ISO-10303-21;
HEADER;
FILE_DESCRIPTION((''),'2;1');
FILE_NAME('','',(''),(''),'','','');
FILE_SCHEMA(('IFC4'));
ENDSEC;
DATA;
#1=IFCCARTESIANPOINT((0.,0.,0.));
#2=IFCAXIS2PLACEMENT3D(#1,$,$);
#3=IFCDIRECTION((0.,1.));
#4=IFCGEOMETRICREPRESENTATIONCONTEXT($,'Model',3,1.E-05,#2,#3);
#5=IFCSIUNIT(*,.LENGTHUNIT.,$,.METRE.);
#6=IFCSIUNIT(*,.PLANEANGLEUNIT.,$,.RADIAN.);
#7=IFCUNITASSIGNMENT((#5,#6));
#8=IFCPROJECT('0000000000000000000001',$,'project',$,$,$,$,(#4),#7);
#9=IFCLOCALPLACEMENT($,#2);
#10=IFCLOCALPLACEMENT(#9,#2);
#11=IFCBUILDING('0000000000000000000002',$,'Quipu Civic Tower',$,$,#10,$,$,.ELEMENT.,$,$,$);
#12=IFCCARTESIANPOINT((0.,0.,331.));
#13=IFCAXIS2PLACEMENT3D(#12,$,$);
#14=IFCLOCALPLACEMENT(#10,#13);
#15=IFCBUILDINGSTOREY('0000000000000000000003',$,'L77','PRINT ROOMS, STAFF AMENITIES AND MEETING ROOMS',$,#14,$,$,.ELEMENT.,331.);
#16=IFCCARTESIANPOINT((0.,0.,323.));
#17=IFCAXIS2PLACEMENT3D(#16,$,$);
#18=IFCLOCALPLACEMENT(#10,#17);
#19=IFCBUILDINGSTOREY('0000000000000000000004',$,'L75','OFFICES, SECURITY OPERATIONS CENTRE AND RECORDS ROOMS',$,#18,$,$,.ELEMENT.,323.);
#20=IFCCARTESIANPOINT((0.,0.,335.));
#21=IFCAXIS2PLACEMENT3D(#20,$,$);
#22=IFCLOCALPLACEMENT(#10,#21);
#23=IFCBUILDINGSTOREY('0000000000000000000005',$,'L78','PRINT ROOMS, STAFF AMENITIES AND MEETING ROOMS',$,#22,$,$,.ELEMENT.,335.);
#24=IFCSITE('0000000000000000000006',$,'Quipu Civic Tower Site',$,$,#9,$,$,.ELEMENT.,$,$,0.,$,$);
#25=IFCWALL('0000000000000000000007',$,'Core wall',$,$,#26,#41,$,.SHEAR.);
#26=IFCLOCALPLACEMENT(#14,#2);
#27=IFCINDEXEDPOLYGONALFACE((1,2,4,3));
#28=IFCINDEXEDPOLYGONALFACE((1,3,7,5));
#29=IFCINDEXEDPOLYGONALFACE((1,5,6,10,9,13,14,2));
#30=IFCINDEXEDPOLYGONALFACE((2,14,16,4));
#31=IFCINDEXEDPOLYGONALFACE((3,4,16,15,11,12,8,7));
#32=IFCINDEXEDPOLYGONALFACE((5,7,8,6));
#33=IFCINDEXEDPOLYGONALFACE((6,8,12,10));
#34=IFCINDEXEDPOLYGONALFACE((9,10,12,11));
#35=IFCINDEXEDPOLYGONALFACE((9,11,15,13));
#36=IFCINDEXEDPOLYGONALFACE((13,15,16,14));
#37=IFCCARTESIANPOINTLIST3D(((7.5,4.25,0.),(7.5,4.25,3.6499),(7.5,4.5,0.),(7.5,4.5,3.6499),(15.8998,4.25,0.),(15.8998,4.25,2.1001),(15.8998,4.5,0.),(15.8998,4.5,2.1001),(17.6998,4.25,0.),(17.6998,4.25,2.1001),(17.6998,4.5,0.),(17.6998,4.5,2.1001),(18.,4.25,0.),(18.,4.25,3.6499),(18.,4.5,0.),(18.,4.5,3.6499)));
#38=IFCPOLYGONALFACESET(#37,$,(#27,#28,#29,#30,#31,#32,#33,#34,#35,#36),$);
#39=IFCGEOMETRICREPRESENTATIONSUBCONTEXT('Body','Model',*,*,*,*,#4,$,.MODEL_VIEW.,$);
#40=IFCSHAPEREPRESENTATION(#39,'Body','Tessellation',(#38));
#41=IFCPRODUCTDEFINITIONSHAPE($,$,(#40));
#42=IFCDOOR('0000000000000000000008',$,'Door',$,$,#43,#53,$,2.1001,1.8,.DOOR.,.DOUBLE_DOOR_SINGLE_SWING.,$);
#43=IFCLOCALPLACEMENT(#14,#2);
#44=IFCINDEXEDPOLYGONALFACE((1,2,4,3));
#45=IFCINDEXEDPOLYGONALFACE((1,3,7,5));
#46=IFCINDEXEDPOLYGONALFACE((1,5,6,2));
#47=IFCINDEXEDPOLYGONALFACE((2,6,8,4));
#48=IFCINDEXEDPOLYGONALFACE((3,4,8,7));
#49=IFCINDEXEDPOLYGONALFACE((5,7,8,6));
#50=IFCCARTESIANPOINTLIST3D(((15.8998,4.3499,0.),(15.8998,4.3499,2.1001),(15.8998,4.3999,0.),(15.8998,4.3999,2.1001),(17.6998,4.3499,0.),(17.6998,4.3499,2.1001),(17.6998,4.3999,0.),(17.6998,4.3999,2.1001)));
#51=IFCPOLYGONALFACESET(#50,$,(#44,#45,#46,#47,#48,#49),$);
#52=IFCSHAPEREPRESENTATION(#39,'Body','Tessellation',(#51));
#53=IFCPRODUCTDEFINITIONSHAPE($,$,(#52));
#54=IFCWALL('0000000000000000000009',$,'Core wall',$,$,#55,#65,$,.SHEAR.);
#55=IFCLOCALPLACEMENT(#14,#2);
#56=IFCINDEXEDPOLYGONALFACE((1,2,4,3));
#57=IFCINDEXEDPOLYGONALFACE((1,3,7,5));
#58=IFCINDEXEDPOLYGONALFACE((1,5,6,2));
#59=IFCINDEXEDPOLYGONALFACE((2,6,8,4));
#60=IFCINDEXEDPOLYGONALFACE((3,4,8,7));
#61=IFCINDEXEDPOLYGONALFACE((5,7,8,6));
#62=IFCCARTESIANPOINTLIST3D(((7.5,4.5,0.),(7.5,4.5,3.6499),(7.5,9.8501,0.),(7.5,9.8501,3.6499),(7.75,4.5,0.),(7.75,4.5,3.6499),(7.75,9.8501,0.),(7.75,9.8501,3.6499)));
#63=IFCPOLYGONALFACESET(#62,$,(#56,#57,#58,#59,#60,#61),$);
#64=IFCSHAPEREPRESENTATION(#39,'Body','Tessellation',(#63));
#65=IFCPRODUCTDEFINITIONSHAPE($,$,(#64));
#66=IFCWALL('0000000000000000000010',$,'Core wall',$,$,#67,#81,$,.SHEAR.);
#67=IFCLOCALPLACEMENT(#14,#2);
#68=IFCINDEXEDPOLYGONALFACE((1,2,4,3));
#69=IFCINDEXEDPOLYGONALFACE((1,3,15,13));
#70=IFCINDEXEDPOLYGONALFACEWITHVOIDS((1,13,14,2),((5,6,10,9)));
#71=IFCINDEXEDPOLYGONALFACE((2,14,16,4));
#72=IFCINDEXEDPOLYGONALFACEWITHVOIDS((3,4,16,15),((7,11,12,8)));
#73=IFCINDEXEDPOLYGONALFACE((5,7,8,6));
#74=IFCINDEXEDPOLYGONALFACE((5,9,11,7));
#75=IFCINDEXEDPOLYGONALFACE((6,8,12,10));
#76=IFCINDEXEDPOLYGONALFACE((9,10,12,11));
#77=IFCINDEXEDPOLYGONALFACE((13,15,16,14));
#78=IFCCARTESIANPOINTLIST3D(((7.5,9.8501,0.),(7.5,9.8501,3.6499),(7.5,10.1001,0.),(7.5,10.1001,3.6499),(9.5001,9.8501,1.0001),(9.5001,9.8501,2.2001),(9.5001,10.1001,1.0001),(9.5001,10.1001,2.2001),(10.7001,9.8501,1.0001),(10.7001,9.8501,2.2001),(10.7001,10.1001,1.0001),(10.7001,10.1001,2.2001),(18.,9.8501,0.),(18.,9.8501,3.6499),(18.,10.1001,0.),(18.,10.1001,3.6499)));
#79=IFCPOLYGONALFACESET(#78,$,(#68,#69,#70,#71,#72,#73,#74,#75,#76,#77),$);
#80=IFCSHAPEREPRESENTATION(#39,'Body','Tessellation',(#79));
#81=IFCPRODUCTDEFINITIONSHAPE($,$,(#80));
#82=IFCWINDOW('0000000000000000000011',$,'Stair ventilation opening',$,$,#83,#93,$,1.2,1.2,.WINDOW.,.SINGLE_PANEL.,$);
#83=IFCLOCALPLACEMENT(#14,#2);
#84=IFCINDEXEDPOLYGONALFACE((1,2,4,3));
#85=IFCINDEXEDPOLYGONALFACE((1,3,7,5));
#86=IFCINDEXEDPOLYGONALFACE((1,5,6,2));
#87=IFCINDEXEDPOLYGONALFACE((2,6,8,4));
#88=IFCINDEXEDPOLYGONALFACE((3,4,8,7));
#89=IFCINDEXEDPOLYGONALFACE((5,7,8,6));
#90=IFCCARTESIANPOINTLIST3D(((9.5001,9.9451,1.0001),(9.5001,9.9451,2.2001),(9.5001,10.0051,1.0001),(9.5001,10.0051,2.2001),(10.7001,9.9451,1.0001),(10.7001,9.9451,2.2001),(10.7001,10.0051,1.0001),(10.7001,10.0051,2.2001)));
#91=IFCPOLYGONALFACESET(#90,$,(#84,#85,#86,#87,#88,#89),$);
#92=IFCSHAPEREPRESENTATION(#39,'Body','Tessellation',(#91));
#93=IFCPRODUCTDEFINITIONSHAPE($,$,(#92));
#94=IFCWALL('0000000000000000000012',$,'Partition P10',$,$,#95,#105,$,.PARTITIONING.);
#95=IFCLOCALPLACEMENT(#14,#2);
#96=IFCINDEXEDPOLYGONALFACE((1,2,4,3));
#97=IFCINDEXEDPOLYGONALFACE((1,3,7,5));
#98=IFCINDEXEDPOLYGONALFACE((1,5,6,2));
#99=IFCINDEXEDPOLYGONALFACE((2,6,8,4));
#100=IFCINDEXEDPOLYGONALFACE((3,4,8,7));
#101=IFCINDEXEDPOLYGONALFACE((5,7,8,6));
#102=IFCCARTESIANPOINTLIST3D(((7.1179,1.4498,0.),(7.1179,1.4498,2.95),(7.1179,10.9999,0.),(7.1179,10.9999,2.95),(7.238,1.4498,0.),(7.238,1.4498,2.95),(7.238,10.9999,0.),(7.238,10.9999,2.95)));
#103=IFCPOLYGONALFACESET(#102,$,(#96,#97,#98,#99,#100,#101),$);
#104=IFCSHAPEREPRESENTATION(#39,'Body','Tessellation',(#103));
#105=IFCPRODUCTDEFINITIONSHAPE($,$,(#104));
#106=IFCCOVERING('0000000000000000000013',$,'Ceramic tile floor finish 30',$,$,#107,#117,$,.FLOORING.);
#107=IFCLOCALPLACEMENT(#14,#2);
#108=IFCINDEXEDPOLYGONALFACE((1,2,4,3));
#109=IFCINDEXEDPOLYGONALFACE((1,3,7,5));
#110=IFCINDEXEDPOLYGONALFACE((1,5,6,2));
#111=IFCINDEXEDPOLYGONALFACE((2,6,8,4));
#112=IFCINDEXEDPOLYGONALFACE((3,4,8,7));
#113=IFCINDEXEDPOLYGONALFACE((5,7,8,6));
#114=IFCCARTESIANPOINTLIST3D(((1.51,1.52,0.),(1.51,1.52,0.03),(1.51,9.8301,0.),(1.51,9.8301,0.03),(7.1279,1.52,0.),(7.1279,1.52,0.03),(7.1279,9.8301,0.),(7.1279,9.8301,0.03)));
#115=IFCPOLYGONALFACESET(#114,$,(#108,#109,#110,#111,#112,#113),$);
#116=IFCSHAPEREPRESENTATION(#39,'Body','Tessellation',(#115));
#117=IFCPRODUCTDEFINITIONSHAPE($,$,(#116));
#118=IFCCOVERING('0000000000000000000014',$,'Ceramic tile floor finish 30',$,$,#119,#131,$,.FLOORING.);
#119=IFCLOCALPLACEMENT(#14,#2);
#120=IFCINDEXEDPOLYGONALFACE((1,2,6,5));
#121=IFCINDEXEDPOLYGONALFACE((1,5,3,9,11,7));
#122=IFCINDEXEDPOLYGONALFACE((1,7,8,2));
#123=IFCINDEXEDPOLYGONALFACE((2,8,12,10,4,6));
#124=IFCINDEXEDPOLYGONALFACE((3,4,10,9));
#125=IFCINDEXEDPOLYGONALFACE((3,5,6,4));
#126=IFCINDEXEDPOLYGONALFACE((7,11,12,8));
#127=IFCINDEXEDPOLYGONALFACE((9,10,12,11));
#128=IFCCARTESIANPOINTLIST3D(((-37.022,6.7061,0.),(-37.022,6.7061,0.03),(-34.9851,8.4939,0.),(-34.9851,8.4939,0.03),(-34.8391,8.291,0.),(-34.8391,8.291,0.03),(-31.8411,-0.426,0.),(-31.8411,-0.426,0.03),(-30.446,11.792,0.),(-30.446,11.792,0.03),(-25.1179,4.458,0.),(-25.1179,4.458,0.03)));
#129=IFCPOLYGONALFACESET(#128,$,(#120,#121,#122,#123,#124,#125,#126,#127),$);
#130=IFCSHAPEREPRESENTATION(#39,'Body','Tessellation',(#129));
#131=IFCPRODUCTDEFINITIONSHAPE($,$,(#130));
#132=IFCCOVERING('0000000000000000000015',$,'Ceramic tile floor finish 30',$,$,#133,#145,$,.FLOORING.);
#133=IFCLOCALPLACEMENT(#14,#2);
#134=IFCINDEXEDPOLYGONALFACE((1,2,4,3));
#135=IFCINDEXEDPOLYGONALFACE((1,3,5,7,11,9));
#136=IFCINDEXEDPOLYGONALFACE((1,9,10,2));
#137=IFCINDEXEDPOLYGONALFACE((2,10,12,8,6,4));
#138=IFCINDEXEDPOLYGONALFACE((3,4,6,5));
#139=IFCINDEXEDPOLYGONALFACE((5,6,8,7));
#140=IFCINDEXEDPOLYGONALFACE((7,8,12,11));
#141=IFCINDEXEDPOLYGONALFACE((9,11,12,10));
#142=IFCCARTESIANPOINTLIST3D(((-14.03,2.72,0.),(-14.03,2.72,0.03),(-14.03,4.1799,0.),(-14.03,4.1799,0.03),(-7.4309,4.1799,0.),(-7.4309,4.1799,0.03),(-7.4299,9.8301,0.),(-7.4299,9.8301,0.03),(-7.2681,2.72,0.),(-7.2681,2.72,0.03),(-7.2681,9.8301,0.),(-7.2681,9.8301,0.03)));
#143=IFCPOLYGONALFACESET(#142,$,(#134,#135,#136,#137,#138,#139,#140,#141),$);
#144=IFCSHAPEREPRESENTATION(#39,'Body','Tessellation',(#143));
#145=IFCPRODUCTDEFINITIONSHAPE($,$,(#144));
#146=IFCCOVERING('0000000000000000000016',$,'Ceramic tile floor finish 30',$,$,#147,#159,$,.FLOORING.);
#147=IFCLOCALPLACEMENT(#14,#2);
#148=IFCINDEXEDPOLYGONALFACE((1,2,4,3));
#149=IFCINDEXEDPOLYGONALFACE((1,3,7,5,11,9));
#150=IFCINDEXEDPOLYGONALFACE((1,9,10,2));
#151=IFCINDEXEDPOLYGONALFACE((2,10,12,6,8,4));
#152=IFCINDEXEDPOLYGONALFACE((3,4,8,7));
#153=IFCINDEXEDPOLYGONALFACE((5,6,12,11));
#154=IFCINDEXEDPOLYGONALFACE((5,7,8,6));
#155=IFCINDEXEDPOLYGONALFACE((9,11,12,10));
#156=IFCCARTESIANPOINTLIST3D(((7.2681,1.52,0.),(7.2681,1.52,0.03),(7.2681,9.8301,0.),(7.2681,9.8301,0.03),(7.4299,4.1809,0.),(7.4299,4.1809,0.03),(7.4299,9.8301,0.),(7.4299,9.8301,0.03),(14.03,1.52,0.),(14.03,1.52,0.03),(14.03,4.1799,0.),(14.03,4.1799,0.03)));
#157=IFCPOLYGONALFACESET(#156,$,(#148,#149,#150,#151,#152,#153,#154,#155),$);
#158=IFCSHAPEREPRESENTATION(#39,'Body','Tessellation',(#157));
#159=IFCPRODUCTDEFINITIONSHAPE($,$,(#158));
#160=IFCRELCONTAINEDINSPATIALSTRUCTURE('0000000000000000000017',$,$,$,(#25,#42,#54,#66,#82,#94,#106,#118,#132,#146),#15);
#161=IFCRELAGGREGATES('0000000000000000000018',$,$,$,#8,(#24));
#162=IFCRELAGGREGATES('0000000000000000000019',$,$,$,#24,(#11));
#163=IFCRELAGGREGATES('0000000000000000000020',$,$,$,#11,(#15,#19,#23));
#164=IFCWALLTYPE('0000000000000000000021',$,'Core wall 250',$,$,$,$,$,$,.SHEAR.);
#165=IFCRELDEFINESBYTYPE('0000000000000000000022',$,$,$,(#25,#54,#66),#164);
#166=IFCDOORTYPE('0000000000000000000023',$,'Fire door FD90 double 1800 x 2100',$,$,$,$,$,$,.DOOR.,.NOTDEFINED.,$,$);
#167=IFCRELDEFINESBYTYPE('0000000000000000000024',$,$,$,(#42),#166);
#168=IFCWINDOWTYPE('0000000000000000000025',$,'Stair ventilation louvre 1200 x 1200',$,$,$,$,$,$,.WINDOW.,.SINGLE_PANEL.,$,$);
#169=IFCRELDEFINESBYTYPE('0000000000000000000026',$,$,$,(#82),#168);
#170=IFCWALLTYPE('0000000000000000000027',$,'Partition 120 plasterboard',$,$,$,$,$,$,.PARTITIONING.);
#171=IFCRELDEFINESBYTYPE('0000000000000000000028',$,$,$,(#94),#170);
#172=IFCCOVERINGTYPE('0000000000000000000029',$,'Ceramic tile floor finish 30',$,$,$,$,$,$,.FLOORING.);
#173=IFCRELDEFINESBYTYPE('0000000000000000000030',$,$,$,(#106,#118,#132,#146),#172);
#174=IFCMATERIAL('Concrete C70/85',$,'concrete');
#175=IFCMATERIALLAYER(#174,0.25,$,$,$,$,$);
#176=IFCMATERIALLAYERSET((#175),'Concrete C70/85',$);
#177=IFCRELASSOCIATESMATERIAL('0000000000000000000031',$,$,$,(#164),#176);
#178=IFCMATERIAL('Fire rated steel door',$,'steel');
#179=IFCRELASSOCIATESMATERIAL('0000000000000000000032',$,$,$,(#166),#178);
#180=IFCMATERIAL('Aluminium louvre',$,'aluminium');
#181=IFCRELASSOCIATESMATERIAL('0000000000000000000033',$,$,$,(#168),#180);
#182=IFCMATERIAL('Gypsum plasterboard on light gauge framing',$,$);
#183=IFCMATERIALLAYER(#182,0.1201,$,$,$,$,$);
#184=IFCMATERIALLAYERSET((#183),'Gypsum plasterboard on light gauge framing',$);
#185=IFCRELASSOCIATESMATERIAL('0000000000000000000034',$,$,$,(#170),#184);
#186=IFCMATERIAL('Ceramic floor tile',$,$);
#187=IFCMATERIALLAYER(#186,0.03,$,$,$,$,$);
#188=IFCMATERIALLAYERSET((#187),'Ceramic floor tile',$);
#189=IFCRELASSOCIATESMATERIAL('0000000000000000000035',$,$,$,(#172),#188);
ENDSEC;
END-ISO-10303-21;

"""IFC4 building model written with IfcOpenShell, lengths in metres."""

from ifc_helpers import new_model, si_unit, direction, frame, frame_2d, origin, place, context, subcontext, project, spatial, polyline, rectangle, outline, extrude, material, layer, layer_set, type_object, element, fill, save


model = new_model("IFC4")

# Units and contexts
model_context = context("Model", 3, precision=1e-05, world=origin(), true_north=direction((0.0, 1.0)))
body_context = subcontext(model_context, "Body", "Model", "MODEL_VIEW")
ifc_project = project(units=[si_unit("LENGTHUNIT", "METRE"), si_unit("PLANEANGLEUNIT", "RADIAN")], contexts=[model_context])

# Site, building, storey
site_placement = place(None, origin())
site = spatial("IfcSite", under=ifc_project, at=site_placement, Name="Quipu Civic Tower Site", CompositionType="ELEMENT", RefElevation=0.0)
building_placement = place(site_placement, origin())
building = spatial("IfcBuilding", under=site, at=building_placement, Name="Quipu Civic Tower", CompositionType="ELEMENT")
storey_1_placement = place(building_placement, frame((0.0, 0.0, 331.0)))
storey_1 = spatial("IfcBuildingStorey", under=building, at=storey_1_placement, Name="L77", Description="PRINT ROOMS, STAFF AMENITIES AND MEETING ROOMS", CompositionType="ELEMENT", Elevation=331.0)

# Shared definitions
storey_2_placement = place(building_placement, frame((0.0, 0.0, 323.0)))
storey_2 = spatial("IfcBuildingStorey", under=building, at=storey_2_placement, Name="L75", Description="OFFICES, SECURITY OPERATIONS CENTRE AND RECORDS ROOMS", CompositionType="ELEMENT", Elevation=323.0)

# Shared definitions
storey_3_placement = place(building_placement, frame((0.0, 0.0, 335.0)))
storey_3 = spatial("IfcBuildingStorey", under=building, at=storey_3_placement, Name="L78", Description="PRINT ROOMS, STAFF AMENITIES AND MEETING ROOMS", CompositionType="ELEMENT", Elevation=335.0)

# Wall, opening, door
ifc_material_1 = material(Name="Concrete C70/85", Category="concrete")
ifc_layer_1 = layer(ifc_material_1, 0.25)
ifc_layer_set_1 = layer_set([ifc_layer_1], Name="Concrete C70/85")
wall_type_1 = type_object("IfcWallType", Name="Core wall 250", PredefinedType="SHEAR", material=ifc_layer_set_1)
wall_1_placement = place(storey_1_placement, frame((7.5, 4.375, 0.0), z_axis=(0.0, 0.0, 1.0), x_axis=(1.0, 0.0, 0.0)))
wall_1 = element("IfcWall", 1, at=wall_1_placement, inside=storey_1, type_object=wall_type_1, Name="Core wall", PredefinedType="SHEAR", context=body_context, shape_type="SweptSolid", body=[
    extrude(rectangle(XDim=10.5, YDim=0.25, at=frame_2d((5.25, 0.0))), origin(), (0.0, 0.0, 1.0), 3.6499),
])
opening_1_placement = place(wall_1_placement, frame((8.3999, 0.0, 0.0)))
opening_1 = element("IfcOpeningElement", 2, at=opening_1_placement, cuts=wall_1, PredefinedType="OPENING", context=body_context, shape_type="SweptSolid", body=[
    extrude(rectangle(XDim=1.8, YDim=2.1001, at=frame_2d((0.8999, 1.05))), frame((0.0, 0.135, 0.0), z_axis=(0.0, -1.0, 0.0), x_axis=(1.0, 0.0, 0.0)), (0.0, 0.0, 1.0), 0.27),
])
ifc_material_2 = material(Name="Fire rated steel door", Category="steel")
door_type = type_object("IfcDoorType", Name="Fire door FD90 double 1800 x 2100", OperationType="NOTDEFINED", PredefinedType="DOOR", material=ifc_material_2)
door_placement = place(opening_1_placement, origin())
door = element("IfcDoor", 3, at=door_placement, inside=storey_1, type_object=door_type, Name="Door", OperationType="DOUBLE_DOOR_SINGLE_SWING", OverallHeight=2.1001, OverallWidth=1.8, PredefinedType="DOOR", context=body_context, shape_type="SweptSolid", body=[
    extrude(rectangle(XDim=1.8, YDim=2.1001, at=frame_2d((0.8999, 1.05))), frame((0.0, 0.0249, 0.0), z_axis=(0.0, -1.0, 0.0), x_axis=(1.0, 0.0, 0.0)), (0.0, 0.0, 1.0), 0.05),
])
fill(opening_1, door)

# Wall
wall_2_placement = place(storey_1_placement, frame((7.625, 4.5, 0.0), z_axis=(0.0, 0.0, 1.0), x_axis=(0.0, 1.0, 0.0)))
element("IfcWall", 4, at=wall_2_placement, inside=storey_1, type_object=wall_type_1, Name="Core wall", PredefinedType="SHEAR", context=body_context, shape_type="SweptSolid", body=[
    extrude(rectangle(XDim=5.3501, YDim=0.25, at=frame_2d((2.675, 0.0))), origin(), (0.0, 0.0, 1.0), 3.6499),
])

# Wall, opening, window
wall_3_placement = place(storey_1_placement, frame((7.5, 9.9751, 0.0), z_axis=(0.0, 0.0, 1.0), x_axis=(1.0, 0.0, 0.0)))
wall_3 = element("IfcWall", 5, at=wall_3_placement, inside=storey_1, type_object=wall_type_1, Name="Core wall", PredefinedType="SHEAR", context=body_context, shape_type="SweptSolid", body=[
    extrude(rectangle(XDim=10.5, YDim=0.25, at=frame_2d((5.25, 0.0))), origin(), (0.0, 0.0, 1.0), 3.6499),
])
opening_2_placement = place(wall_3_placement, frame((2.0, 0.0, 1.0)))
opening_2 = element("IfcOpeningElement", 6, at=opening_2_placement, cuts=wall_3, PredefinedType="OPENING", context=body_context, shape_type="SweptSolid", body=[
    extrude(rectangle(XDim=1.2, YDim=1.2, at=frame_2d((0.6001, 0.6001))), frame((0.0, 0.135, 0.0), z_axis=(0.0, -1.0, 0.0), x_axis=(1.0, 0.0, 0.0)), (0.0, 0.0, 1.0), 0.27),
])
ifc_material_3 = material(Name="Aluminium louvre", Category="aluminium")
window_type = type_object("IfcWindowType", Name="Stair ventilation louvre 1200 x 1200", PartitioningType="SINGLE_PANEL", PredefinedType="WINDOW", material=ifc_material_3)
window_placement = place(opening_2_placement, origin())
window = element("IfcWindow", 7, at=window_placement, inside=storey_1, type_object=window_type, Name="Stair ventilation opening", OverallHeight=1.2, OverallWidth=1.2, PartitioningType="SINGLE_PANEL", PredefinedType="WINDOW", context=body_context, shape_type="SweptSolid", body=[
    extrude(rectangle(XDim=1.2, YDim=1.2, at=frame_2d((0.6001, 0.6001))), frame((0.0, 0.03, 0.0), z_axis=(0.0, -1.0, 0.0), x_axis=(1.0, 0.0, 0.0)), (0.0, 0.0, 1.0), 0.0601),
])
fill(opening_2, window)

# Wall
ifc_material_4 = material(Name="Gypsum plasterboard on light gauge framing")
ifc_layer_2 = layer(ifc_material_4, 0.1201)
ifc_layer_set_2 = layer_set([ifc_layer_2], Name="Gypsum plasterboard on light gauge framing")
wall_type_2 = type_object("IfcWallType", Name="Partition 120 plasterboard", PredefinedType="PARTITIONING", material=ifc_layer_set_2)
wall_4_placement = place(storey_1_placement, frame((7.178, 1.45, 0.0), z_axis=(0.0, 0.0, 1.0), x_axis=(0.0, 1.0, 0.0)))
element("IfcWall", 8, at=wall_4_placement, inside=storey_1, type_object=wall_type_2, Name="Partition P10", PredefinedType="PARTITIONING", context=body_context, shape_type="SweptSolid", body=[
    extrude(rectangle(XDim=9.55, YDim=0.1201, at=frame_2d((4.7749, 0.0))), origin(), (0.0, 0.0, 1.0), 2.95),
])

# Coverings
ifc_material_5 = material(Name="Ceramic floor tile")
ifc_layer_3 = layer(ifc_material_5, 0.03)
ifc_layer_set_3 = layer_set([ifc_layer_3], Name="Ceramic floor tile")
covering_type = type_object("IfcCoveringType", Name="Ceramic tile floor finish 30", PredefinedType="FLOORING", material=ifc_layer_set_3)
covering_1_placement = place(storey_1_placement, origin())
element("IfcCovering", 9, at=covering_1_placement, inside=storey_1, type_object=covering_type, Name="Ceramic tile floor finish 30", PredefinedType="FLOORING", context=body_context, shape_type="SweptSolid", body=[
    extrude(outline(polyline([(1.51, 9.8301), (7.1279, 9.8301), (7.1279, 1.52), (1.51, 1.52), (1.51, 9.8301)])), origin(), (0.0, 0.0, 1.0), 0.03),
])
covering_2_placement = place(storey_1_placement, origin())
element("IfcCovering", 10, at=covering_2_placement, inside=storey_1, type_object=covering_type, Name="Ceramic tile floor finish 30", PredefinedType="FLOORING", context=body_context, shape_type="SweptSolid", body=[
    extrude(outline(polyline([(-37.022, 6.7061), (-34.8391, 8.291), (-34.9851, 8.4939), (-30.446, 11.792), (-25.1179, 4.458), (-31.8411, -0.426), (-37.022, 6.7061)])), origin(), (0.0, 0.0, 1.0), 0.03),
])
covering_3_placement = place(storey_1_placement, origin())
element("IfcCovering", 11, at=covering_3_placement, inside=storey_1, type_object=covering_type, Name="Ceramic tile floor finish 30", PredefinedType="FLOORING", context=body_context, shape_type="SweptSolid", body=[
    extrude(outline(polyline([(-14.03, 4.1799), (-7.4309, 4.1799), (-7.4299, 9.8301), (-7.2681, 9.8301), (-7.2681, 2.72), (-14.03, 2.72), (-14.03, 4.1799)])), origin(), (0.0, 0.0, 1.0), 0.03),
])
covering_4_placement = place(storey_1_placement, origin())
element("IfcCovering", 12, at=covering_4_placement, inside=storey_1, type_object=covering_type, Name="Ceramic tile floor finish 30", PredefinedType="FLOORING", context=body_context, shape_type="SweptSolid", body=[
    extrude(outline(polyline([(7.2681, 1.52), (7.2681, 9.8301), (7.4299, 9.8301), (7.4299, 4.1809), (14.03, 4.1799), (14.03, 1.52), (7.2681, 1.52)])), origin(), (0.0, 0.0, 1.0), 0.03),
])

save(model, "model.ifc")
